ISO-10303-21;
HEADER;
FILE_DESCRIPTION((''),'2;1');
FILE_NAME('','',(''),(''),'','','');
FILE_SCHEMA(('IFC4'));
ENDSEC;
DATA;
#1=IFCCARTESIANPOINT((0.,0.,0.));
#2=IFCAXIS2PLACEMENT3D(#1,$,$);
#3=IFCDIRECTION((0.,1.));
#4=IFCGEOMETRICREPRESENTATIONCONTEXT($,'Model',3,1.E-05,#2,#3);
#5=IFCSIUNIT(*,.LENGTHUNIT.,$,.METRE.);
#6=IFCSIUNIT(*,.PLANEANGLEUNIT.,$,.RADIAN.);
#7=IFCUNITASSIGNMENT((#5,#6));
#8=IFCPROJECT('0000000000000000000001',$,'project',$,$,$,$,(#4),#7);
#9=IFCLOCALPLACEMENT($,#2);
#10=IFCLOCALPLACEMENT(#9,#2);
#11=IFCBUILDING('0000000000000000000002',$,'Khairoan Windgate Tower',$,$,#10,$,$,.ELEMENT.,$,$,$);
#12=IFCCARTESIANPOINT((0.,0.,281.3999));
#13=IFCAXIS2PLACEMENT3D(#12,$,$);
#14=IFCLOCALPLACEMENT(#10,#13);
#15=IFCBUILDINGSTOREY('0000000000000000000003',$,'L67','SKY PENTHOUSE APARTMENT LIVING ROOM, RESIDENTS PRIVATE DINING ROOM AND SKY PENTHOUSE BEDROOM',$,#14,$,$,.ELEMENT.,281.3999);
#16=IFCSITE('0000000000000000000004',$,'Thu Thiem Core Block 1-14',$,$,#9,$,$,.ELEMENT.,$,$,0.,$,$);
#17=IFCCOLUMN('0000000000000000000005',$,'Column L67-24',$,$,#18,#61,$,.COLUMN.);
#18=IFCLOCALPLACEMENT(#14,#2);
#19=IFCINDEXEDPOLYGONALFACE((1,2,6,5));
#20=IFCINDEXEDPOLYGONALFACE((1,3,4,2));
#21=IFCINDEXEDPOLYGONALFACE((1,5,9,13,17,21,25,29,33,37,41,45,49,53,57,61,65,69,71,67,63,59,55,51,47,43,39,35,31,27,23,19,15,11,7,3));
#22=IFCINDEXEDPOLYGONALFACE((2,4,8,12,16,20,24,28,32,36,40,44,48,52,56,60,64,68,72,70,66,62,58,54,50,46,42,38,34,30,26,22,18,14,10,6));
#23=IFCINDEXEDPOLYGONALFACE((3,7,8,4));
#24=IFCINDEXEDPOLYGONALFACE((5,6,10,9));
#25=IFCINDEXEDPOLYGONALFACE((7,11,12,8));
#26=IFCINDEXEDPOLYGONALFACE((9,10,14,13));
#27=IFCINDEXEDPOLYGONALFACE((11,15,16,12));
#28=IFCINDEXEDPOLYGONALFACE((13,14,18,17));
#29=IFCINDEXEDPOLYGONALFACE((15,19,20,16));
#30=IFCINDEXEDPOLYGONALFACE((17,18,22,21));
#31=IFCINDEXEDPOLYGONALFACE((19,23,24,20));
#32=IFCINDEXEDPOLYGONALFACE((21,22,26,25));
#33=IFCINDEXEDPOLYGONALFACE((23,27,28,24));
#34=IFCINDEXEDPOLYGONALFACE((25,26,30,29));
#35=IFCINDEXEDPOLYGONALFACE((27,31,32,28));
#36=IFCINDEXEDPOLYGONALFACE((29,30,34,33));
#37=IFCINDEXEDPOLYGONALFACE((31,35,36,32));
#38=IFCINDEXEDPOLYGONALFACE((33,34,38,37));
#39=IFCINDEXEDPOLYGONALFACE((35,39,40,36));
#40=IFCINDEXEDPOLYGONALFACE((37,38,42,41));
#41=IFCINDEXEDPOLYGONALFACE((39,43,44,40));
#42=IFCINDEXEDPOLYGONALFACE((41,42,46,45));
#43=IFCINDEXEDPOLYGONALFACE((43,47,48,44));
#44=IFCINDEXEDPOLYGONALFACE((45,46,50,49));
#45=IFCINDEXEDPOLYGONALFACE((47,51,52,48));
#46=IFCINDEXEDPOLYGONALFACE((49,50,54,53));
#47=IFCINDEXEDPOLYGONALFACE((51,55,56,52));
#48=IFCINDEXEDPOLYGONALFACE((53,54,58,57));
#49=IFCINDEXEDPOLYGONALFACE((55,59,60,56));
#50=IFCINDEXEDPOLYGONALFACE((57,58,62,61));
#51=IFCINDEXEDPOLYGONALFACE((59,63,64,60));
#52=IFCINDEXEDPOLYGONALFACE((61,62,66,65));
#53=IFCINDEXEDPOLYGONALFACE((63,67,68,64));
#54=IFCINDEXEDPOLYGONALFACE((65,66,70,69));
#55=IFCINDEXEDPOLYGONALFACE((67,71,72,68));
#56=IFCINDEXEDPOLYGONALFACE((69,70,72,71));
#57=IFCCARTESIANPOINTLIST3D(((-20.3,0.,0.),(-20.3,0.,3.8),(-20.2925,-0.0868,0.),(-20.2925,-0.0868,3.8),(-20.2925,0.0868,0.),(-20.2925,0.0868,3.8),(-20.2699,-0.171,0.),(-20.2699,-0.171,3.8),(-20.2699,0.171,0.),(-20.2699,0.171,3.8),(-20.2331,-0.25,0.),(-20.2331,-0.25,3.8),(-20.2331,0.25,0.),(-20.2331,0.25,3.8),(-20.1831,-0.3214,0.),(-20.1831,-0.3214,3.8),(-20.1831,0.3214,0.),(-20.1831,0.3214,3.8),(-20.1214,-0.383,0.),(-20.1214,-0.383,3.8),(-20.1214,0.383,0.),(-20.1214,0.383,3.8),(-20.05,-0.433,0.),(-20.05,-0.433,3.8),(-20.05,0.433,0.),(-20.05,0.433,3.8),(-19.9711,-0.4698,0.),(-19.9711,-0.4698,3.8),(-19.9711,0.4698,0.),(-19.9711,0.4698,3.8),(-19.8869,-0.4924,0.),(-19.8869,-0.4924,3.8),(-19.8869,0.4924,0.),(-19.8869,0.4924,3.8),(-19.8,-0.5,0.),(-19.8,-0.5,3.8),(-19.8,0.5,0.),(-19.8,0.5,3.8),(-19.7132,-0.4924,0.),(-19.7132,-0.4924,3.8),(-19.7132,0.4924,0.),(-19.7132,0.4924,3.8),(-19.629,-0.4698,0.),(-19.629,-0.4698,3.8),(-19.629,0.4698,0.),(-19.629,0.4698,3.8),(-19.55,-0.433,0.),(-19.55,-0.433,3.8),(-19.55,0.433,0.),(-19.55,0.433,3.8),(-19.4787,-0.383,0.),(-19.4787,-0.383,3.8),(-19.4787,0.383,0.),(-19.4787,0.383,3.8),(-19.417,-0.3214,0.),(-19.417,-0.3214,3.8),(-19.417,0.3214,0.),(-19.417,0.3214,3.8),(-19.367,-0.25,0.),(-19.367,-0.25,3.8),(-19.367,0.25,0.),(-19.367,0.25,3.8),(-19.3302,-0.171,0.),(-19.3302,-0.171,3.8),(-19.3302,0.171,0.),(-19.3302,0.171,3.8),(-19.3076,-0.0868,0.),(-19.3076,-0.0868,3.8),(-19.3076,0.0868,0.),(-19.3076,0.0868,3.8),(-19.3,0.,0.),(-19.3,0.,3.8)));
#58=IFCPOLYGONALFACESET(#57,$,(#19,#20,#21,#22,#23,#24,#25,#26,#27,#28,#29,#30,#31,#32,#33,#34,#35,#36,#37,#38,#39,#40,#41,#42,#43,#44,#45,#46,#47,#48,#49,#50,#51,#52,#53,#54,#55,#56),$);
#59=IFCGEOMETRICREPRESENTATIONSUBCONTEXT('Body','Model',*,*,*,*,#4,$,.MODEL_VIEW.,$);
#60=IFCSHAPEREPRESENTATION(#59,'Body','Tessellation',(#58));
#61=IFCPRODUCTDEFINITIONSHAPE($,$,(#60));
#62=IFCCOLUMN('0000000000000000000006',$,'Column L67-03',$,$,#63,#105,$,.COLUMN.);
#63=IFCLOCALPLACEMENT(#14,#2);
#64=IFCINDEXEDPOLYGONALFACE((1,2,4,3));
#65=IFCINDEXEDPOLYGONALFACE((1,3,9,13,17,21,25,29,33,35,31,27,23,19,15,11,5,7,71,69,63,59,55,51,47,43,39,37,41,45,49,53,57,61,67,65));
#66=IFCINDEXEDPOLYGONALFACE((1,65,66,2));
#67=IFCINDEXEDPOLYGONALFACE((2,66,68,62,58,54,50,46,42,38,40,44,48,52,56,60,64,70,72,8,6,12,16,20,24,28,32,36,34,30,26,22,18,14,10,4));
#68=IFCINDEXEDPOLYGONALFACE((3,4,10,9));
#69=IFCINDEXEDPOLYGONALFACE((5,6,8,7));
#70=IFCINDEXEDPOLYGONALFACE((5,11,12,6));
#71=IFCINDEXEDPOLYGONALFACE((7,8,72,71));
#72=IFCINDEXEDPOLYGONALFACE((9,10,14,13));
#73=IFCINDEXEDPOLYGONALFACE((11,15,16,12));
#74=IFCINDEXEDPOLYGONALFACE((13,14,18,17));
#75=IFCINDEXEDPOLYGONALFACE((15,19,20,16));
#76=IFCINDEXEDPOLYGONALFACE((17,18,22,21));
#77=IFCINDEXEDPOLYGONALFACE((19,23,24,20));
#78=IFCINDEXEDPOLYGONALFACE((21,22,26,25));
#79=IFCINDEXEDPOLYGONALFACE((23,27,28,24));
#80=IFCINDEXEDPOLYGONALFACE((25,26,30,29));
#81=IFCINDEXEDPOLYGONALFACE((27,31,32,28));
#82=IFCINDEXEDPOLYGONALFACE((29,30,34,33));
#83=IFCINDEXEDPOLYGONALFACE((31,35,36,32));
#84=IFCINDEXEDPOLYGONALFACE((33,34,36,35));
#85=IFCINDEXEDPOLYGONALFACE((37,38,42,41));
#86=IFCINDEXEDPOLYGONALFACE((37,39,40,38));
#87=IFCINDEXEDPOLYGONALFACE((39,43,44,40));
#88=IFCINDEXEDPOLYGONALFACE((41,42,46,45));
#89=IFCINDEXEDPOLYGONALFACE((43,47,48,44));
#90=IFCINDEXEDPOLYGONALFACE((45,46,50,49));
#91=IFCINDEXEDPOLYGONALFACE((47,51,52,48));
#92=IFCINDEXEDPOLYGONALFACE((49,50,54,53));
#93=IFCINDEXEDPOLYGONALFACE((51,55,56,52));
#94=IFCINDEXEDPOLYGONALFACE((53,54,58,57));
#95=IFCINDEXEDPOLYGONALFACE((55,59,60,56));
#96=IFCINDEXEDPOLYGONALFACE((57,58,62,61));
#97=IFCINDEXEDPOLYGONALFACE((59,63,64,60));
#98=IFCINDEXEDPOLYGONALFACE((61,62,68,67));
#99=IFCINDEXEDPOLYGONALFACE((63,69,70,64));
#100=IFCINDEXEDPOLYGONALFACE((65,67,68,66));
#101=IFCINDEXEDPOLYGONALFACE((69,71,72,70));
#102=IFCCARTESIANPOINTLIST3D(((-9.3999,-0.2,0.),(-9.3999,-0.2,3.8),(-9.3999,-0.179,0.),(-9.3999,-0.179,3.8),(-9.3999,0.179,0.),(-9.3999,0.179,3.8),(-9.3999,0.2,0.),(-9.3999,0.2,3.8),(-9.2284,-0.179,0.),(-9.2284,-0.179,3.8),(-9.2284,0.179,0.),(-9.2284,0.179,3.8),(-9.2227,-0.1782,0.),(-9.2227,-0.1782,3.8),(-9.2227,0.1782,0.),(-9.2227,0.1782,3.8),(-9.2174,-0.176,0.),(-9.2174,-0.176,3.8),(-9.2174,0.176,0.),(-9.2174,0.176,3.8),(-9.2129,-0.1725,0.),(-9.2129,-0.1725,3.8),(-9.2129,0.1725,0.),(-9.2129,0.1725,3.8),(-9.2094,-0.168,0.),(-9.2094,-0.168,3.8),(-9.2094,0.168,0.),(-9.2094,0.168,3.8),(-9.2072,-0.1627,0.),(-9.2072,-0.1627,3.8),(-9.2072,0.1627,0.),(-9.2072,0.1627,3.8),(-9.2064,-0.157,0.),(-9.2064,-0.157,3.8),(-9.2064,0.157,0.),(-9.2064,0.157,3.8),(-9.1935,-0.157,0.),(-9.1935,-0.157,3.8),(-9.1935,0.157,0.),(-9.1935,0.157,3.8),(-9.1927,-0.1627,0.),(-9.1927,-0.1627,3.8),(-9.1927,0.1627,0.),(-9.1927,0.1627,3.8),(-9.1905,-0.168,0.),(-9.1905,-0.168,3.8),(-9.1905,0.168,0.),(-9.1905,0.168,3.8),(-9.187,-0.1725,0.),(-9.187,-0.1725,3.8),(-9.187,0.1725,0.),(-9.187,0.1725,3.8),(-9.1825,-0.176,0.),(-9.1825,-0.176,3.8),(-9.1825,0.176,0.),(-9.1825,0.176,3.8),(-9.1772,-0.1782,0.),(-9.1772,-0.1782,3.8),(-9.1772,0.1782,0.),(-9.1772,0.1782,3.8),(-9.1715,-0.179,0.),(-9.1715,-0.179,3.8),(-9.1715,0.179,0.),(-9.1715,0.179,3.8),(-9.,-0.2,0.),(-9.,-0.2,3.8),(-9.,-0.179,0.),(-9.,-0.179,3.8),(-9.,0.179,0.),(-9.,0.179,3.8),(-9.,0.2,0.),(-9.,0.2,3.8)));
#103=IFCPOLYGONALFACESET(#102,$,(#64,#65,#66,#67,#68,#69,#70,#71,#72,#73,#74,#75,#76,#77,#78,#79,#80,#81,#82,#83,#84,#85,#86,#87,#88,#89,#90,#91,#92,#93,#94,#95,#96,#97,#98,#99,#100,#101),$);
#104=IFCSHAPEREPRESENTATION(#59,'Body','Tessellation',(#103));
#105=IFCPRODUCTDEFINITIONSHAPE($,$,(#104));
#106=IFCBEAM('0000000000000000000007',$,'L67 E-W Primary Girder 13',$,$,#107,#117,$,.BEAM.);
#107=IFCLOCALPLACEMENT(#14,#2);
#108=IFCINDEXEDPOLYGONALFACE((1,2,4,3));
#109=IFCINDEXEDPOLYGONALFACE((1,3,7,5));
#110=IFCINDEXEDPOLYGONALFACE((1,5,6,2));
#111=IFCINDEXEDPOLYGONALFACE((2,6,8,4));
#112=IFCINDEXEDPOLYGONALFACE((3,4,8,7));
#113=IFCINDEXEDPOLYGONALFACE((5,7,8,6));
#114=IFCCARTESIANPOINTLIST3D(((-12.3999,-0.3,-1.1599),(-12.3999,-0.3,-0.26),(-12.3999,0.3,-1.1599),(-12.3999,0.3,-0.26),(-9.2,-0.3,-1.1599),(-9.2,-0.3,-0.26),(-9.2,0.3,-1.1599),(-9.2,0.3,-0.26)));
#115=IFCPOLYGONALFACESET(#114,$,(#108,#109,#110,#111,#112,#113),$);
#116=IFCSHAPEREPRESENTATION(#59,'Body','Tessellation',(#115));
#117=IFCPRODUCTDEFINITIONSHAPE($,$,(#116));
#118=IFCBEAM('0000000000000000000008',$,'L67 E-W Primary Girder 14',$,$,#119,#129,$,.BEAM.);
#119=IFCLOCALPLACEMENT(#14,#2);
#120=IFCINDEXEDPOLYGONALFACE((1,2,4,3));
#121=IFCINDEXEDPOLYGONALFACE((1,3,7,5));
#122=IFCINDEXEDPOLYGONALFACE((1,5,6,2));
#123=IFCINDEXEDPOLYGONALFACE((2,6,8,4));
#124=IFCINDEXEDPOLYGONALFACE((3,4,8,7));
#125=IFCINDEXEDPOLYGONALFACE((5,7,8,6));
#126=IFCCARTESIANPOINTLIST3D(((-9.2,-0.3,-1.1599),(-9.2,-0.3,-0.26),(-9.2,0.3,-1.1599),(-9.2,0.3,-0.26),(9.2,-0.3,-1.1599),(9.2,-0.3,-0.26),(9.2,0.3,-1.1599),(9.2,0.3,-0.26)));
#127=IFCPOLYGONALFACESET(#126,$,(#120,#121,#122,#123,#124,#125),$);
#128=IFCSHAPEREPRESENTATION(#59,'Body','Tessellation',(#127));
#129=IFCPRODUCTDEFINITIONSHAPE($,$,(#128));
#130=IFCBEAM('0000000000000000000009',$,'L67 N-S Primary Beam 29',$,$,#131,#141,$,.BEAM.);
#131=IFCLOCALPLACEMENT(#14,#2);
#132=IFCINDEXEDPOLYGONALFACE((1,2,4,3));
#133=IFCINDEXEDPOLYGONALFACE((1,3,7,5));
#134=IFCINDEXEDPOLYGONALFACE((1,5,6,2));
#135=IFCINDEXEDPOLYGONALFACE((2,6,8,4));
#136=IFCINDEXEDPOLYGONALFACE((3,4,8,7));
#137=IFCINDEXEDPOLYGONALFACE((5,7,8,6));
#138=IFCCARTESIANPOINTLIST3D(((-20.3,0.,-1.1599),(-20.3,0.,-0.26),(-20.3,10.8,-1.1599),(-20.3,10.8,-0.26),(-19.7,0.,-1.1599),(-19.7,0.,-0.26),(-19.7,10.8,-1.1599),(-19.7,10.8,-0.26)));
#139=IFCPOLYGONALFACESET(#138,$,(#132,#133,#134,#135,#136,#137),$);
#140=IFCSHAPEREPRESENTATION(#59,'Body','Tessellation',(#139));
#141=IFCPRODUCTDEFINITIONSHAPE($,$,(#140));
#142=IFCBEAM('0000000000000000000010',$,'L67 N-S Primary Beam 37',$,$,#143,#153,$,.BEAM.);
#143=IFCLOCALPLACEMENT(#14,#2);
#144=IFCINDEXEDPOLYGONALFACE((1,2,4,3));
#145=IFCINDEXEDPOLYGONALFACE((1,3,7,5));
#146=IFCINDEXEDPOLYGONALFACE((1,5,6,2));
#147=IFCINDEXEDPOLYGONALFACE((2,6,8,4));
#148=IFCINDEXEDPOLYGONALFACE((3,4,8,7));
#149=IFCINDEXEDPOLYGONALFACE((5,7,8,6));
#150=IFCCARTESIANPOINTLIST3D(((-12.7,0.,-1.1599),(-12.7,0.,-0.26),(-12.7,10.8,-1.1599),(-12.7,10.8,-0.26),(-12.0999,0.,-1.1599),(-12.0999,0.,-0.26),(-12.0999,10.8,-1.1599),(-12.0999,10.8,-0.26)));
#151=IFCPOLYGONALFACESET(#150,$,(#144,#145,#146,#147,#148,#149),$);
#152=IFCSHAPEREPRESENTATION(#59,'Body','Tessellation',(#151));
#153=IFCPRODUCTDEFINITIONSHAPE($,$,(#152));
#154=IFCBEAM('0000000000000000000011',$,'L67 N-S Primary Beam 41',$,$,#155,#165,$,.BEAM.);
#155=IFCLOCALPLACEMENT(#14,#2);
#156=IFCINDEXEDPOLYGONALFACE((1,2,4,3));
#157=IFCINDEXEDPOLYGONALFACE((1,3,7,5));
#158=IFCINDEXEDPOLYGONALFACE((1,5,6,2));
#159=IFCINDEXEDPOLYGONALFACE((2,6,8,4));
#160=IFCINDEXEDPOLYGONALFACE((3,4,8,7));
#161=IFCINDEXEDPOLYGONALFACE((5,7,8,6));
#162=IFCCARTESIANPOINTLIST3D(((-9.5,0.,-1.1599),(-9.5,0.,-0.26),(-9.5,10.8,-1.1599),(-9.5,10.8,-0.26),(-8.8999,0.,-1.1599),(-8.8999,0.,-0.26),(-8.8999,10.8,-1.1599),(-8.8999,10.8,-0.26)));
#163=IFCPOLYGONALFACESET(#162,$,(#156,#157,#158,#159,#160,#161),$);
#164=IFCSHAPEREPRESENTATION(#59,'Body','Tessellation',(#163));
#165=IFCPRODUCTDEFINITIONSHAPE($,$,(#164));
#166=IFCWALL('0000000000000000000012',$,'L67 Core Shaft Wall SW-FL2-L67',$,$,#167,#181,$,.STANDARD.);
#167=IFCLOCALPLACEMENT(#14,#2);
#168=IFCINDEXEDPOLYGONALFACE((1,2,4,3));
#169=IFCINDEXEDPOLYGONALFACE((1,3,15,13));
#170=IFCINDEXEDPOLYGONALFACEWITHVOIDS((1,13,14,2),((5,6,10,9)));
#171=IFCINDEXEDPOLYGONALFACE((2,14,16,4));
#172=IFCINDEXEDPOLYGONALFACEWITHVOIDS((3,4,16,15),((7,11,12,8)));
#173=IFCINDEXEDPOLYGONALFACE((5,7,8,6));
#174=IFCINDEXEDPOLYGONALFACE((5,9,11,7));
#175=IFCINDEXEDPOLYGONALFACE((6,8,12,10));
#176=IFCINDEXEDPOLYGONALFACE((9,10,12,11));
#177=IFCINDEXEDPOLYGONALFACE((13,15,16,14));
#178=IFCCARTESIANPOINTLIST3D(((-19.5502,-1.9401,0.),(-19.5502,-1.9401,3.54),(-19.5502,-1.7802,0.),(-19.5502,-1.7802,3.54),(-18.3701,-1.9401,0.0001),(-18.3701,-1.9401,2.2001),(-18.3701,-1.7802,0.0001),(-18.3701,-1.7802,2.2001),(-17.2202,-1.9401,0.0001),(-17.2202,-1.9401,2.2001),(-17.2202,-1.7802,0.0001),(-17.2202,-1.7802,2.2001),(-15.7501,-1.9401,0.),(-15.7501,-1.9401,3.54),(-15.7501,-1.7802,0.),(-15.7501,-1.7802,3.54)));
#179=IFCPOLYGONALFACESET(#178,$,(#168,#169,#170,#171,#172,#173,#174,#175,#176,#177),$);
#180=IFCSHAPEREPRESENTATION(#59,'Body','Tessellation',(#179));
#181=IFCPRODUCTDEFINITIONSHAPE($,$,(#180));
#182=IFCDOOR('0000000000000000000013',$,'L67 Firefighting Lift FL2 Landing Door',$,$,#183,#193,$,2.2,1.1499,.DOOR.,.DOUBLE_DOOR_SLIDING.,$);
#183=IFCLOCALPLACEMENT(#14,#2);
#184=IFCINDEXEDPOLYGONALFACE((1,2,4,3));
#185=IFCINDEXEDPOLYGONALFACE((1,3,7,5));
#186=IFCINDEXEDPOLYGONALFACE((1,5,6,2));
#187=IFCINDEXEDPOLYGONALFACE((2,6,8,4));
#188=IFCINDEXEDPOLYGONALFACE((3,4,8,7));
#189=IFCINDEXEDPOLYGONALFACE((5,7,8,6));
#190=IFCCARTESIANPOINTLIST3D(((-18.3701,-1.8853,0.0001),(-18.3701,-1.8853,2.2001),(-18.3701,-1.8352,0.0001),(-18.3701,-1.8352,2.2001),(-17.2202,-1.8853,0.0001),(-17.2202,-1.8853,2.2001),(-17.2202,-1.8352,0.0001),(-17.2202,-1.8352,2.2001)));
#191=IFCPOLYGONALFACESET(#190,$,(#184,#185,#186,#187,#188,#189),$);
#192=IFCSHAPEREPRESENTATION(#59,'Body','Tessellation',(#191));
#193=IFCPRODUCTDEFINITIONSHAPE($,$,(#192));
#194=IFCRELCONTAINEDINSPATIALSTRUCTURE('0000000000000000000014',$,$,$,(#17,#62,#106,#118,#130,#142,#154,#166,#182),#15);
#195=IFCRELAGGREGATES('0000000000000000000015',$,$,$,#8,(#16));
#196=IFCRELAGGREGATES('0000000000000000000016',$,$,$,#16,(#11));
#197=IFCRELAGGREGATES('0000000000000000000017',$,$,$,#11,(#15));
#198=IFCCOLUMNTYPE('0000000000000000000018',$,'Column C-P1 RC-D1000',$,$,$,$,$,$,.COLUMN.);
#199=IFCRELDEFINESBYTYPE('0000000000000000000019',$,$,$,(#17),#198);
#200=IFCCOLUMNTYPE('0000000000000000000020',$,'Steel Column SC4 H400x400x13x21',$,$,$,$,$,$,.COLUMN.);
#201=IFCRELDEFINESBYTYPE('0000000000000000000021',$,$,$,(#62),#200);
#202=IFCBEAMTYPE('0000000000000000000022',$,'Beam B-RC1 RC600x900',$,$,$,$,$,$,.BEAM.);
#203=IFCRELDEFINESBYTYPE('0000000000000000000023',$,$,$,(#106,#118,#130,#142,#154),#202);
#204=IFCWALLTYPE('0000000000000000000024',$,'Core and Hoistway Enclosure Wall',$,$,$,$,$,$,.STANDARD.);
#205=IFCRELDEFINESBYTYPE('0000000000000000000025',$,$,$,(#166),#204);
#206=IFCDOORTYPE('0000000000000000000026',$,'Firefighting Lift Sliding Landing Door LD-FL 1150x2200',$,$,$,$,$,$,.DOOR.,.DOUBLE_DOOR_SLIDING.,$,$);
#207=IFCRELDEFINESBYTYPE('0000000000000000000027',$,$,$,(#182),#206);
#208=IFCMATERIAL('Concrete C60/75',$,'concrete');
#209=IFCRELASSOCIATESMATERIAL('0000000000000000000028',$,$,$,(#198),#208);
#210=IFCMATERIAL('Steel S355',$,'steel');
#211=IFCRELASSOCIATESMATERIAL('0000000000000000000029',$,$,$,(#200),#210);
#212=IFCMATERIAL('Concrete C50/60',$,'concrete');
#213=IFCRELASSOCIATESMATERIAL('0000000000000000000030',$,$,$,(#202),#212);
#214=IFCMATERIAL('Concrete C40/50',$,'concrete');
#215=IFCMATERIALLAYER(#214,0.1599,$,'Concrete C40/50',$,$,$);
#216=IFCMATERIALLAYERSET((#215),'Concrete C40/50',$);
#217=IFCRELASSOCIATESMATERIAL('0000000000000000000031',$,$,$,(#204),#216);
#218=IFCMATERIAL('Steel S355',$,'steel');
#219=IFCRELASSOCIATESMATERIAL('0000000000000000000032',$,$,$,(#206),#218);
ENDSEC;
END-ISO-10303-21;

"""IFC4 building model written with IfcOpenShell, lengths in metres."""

from ifc_helpers import new_model, si_unit, direction, frame, frame_2d, origin, origin_2d, place, context, subcontext, project, spatial, rectangle, circle, i_section, extrude, material, layer, layer_set, material_profile, profile_set, type_object, element, fill, save


model = new_model("IFC4")

# Units and contexts
model_context = context("Model", 3, precision=1e-05, world=origin(), true_north=direction((0.0, 1.0)))
body_context = subcontext(model_context, "Body", "Model", "MODEL_VIEW")
ifc_project = project(units=[si_unit("LENGTHUNIT", "METRE"), si_unit("PLANEANGLEUNIT", "RADIAN")], contexts=[model_context])

# Site, building, storey
site_placement = place(None, origin())
site = spatial("IfcSite", under=ifc_project, at=site_placement, Name="Thu Thiem Core Block 1-14", CompositionType="ELEMENT", RefElevation=0.0)
building_placement = place(site_placement, origin())
building = spatial("IfcBuilding", under=site, at=building_placement, Name="Khairoan Windgate Tower", CompositionType="ELEMENT")
storey_placement = place(building_placement, frame((0.0, 0.0, 281.3999)))
storey = spatial("IfcBuildingStorey", under=building, at=storey_placement, Name="L67", Description="SKY PENTHOUSE APARTMENT LIVING ROOM, RESIDENTS PRIVATE DINING ROOM AND SKY PENTHOUSE BEDROOM", CompositionType="ELEMENT", Elevation=281.3999)

# Columns
ifc_material_1 = material(Name="Concrete C60/75", Category="concrete")
ifc_material_profile_1 = material_profile(ifc_material_1, circle(Radius=0.5, at=origin_2d()))
ifc_profile_set_1 = profile_set([ifc_material_profile_1], Name="Concrete C60/75")
column_type_1 = type_object("IfcColumnType", Name="Column C-P1 RC-D1000", PredefinedType="COLUMN", material=ifc_profile_set_1)
column_1_placement = place(storey_placement, frame((-19.8, 0.0, 0.0), z_axis=(0.0, 0.0, 1.0), x_axis=(1.0, 0.0, 0.0)))
element("IfcColumn", 1, at=column_1_placement, inside=storey, type_object=column_type_1, Name="Column L67-24", PredefinedType="COLUMN", context=body_context, shape_type="SweptSolid", body=[
    extrude(circle(Radius=0.5, at=origin_2d()), origin(), (0.0, 0.0, 1.0), 3.8),
])
ifc_material_2 = material(Name="Steel S355", Category="steel")
ifc_material_profile_2 = material_profile(ifc_material_2, i_section(OverallWidth=0.3999, OverallDepth=0.3999, WebThickness=0.0129, FlangeThickness=0.021, FilletRadius=0.022, at=origin_2d()))
ifc_profile_set_2 = profile_set([ifc_material_profile_2], Name="Steel S355")
column_type_2 = type_object("IfcColumnType", Name="Steel Column SC4 H400x400x13x21", PredefinedType="COLUMN", material=ifc_profile_set_2)
column_2_placement = place(storey_placement, frame((-9.2, 0.0, 0.0), z_axis=(0.0, 0.0, 1.0), x_axis=(1.0, 0.0, 0.0)))
element("IfcColumn", 2, at=column_2_placement, inside=storey, type_object=column_type_2, Name="Column L67-03", PredefinedType="COLUMN", context=body_context, shape_type="SweptSolid", body=[
    extrude(i_section(OverallWidth=0.3999, OverallDepth=0.3999, WebThickness=0.0129, FlangeThickness=0.021, FilletRadius=0.022, at=origin_2d()), origin(), (0.0, 0.0, 1.0), 3.8),
])

# Beams
ifc_material_3 = material(Name="Concrete C50/60", Category="concrete")
ifc_material_profile_3 = material_profile(ifc_material_3, rectangle(XDim=0.6001, YDim=0.8999, at=origin_2d()))
ifc_profile_set_3 = profile_set([ifc_material_profile_3], Name="Concrete C50/60")
beam_type = type_object("IfcBeamType", Name="Beam B-RC1 RC600x900", PredefinedType="BEAM", material=ifc_profile_set_3)
beam_1_placement = place(storey_placement, frame((-12.3999, 0.0, -0.71), z_axis=(1.0, 0.0, 0.0), x_axis=(0.0, 1.0, 0.0)))
element("IfcBeam", 3, at=beam_1_placement, inside=storey, type_object=beam_type, Name="L67 E-W Primary Girder 13", PredefinedType="BEAM", context=body_context, shape_type="SweptSolid", body=[
    extrude(rectangle(XDim=0.6001, YDim=0.8999, at=origin_2d()), origin(), (0.0, 0.0, 1.0), 3.2),
])
beam_2_placement = place(storey_placement, frame((-9.2, 0.0, -0.71), z_axis=(1.0, 0.0, 0.0), x_axis=(0.0, 1.0, 0.0)))
element("IfcBeam", 4, at=beam_2_placement, inside=storey, type_object=beam_type, Name="L67 E-W Primary Girder 14", PredefinedType="BEAM", context=body_context, shape_type="SweptSolid", body=[
    extrude(rectangle(XDim=0.6001, YDim=0.8999, at=origin_2d()), origin(), (0.0, 0.0, 1.0), 18.3999),
])
for number, where, z_axis, x_axis, name in (
    (5, (-20.0, 0.0, -0.71), (0.0, 1.0, 0.0), (-1.0, 0.0, 0.0), "L67 N-S Primary Beam 29"),
    (6, (-12.3999, 0.0, -0.71), (0.0, 1.0, 0.0), (-1.0, 0.0, 0.0), "L67 N-S Primary Beam 37"),
    (7, (-9.2, 0.0, -0.71), (0.0, 1.0, 0.0), (-1.0, 0.0, 0.0), "L67 N-S Primary Beam 41"),
):
    element("IfcBeam", number, at=place(storey_placement, frame(where, z_axis=z_axis, x_axis=x_axis)), inside=storey, type_object=beam_type, Name=name, PredefinedType="BEAM", context=body_context, shape_type="SweptSolid", body=[
        extrude(rectangle(XDim=0.6001, YDim=0.8999, at=origin_2d()), origin(), (0.0, 0.0, 1.0), 10.8),
    ])

# Wall, opening, door
ifc_material_4 = material(Name="Concrete C40/50", Category="concrete")
ifc_layer_1 = layer(ifc_material_4, 0.1599, Name="Concrete C40/50")
ifc_layer_set_1 = layer_set([ifc_layer_1], Name="Concrete C40/50")
wall_type_1 = type_object("IfcWallType", Name="Core and Hoistway Enclosure Wall", PredefinedType="STANDARD", material=ifc_layer_set_1)
wall_1_placement = place(storey_placement, frame((-19.55, -1.8601, 0.0), z_axis=(0.0, 0.0, 1.0), x_axis=(1.0, 0.0, 0.0)))
wall_1 = element("IfcWall", 8, at=wall_1_placement, inside=storey, type_object=wall_type_1, Name="L67 Core Shaft Wall SW-FL2-L67", PredefinedType="STANDARD", context=body_context, shape_type="SweptSolid", body=[
    extrude(rectangle(XDim=3.8, YDim=0.1599, at=frame_2d((1.8999, 0.0))), origin(), (0.0, 0.0, 1.0), 3.54),
])
opening_1_placement = place(wall_1_placement, frame((1.1799, 0.0, 0.0)))
opening_1 = element("IfcOpeningElement", 9, at=opening_1_placement, cuts=wall_1, PredefinedType="OPENING", context=body_context, shape_type="SweptSolid", body=[
    extrude(rectangle(XDim=1.1499, YDim=2.2, at=frame_2d((0.575, 1.1001))), frame((0.0, 0.0898, 0.0), z_axis=(0.0, -1.0, 0.0), x_axis=(1.0, 0.0, 0.0)), (0.0, 0.0, 1.0), 0.1799),
])
ifc_material_5 = material(Name="Steel S355", Category="steel")
door_type_1 = type_object("IfcDoorType", Name="Firefighting Lift Sliding Landing Door LD-FL 1150x2200", OperationType="DOUBLE_DOOR_SLIDING", PredefinedType="DOOR", material=ifc_material_5)
door_1_placement = place(opening_1_placement, origin())
door_1 = element("IfcDoor", 10, at=door_1_placement, inside=storey, type_object=door_type_1, Name="L67 Firefighting Lift FL2 Landing Door", OperationType="DOUBLE_DOOR_SLIDING", OverallHeight=2.2, OverallWidth=1.1499, PredefinedType="DOOR", context=body_context, shape_type="SweptSolid", body=[
    extrude(rectangle(XDim=1.1499, YDim=2.2, at=frame_2d((0.575, 1.1001))), frame((0.0, 0.0249, 0.0), z_axis=(0.0, -1.0, 0.0), x_axis=(1.0, 0.0, 0.0)), (0.0, 0.0, 1.0), 0.05),
])
fill(opening_1, door_1)

save(model, "model.ifc")
